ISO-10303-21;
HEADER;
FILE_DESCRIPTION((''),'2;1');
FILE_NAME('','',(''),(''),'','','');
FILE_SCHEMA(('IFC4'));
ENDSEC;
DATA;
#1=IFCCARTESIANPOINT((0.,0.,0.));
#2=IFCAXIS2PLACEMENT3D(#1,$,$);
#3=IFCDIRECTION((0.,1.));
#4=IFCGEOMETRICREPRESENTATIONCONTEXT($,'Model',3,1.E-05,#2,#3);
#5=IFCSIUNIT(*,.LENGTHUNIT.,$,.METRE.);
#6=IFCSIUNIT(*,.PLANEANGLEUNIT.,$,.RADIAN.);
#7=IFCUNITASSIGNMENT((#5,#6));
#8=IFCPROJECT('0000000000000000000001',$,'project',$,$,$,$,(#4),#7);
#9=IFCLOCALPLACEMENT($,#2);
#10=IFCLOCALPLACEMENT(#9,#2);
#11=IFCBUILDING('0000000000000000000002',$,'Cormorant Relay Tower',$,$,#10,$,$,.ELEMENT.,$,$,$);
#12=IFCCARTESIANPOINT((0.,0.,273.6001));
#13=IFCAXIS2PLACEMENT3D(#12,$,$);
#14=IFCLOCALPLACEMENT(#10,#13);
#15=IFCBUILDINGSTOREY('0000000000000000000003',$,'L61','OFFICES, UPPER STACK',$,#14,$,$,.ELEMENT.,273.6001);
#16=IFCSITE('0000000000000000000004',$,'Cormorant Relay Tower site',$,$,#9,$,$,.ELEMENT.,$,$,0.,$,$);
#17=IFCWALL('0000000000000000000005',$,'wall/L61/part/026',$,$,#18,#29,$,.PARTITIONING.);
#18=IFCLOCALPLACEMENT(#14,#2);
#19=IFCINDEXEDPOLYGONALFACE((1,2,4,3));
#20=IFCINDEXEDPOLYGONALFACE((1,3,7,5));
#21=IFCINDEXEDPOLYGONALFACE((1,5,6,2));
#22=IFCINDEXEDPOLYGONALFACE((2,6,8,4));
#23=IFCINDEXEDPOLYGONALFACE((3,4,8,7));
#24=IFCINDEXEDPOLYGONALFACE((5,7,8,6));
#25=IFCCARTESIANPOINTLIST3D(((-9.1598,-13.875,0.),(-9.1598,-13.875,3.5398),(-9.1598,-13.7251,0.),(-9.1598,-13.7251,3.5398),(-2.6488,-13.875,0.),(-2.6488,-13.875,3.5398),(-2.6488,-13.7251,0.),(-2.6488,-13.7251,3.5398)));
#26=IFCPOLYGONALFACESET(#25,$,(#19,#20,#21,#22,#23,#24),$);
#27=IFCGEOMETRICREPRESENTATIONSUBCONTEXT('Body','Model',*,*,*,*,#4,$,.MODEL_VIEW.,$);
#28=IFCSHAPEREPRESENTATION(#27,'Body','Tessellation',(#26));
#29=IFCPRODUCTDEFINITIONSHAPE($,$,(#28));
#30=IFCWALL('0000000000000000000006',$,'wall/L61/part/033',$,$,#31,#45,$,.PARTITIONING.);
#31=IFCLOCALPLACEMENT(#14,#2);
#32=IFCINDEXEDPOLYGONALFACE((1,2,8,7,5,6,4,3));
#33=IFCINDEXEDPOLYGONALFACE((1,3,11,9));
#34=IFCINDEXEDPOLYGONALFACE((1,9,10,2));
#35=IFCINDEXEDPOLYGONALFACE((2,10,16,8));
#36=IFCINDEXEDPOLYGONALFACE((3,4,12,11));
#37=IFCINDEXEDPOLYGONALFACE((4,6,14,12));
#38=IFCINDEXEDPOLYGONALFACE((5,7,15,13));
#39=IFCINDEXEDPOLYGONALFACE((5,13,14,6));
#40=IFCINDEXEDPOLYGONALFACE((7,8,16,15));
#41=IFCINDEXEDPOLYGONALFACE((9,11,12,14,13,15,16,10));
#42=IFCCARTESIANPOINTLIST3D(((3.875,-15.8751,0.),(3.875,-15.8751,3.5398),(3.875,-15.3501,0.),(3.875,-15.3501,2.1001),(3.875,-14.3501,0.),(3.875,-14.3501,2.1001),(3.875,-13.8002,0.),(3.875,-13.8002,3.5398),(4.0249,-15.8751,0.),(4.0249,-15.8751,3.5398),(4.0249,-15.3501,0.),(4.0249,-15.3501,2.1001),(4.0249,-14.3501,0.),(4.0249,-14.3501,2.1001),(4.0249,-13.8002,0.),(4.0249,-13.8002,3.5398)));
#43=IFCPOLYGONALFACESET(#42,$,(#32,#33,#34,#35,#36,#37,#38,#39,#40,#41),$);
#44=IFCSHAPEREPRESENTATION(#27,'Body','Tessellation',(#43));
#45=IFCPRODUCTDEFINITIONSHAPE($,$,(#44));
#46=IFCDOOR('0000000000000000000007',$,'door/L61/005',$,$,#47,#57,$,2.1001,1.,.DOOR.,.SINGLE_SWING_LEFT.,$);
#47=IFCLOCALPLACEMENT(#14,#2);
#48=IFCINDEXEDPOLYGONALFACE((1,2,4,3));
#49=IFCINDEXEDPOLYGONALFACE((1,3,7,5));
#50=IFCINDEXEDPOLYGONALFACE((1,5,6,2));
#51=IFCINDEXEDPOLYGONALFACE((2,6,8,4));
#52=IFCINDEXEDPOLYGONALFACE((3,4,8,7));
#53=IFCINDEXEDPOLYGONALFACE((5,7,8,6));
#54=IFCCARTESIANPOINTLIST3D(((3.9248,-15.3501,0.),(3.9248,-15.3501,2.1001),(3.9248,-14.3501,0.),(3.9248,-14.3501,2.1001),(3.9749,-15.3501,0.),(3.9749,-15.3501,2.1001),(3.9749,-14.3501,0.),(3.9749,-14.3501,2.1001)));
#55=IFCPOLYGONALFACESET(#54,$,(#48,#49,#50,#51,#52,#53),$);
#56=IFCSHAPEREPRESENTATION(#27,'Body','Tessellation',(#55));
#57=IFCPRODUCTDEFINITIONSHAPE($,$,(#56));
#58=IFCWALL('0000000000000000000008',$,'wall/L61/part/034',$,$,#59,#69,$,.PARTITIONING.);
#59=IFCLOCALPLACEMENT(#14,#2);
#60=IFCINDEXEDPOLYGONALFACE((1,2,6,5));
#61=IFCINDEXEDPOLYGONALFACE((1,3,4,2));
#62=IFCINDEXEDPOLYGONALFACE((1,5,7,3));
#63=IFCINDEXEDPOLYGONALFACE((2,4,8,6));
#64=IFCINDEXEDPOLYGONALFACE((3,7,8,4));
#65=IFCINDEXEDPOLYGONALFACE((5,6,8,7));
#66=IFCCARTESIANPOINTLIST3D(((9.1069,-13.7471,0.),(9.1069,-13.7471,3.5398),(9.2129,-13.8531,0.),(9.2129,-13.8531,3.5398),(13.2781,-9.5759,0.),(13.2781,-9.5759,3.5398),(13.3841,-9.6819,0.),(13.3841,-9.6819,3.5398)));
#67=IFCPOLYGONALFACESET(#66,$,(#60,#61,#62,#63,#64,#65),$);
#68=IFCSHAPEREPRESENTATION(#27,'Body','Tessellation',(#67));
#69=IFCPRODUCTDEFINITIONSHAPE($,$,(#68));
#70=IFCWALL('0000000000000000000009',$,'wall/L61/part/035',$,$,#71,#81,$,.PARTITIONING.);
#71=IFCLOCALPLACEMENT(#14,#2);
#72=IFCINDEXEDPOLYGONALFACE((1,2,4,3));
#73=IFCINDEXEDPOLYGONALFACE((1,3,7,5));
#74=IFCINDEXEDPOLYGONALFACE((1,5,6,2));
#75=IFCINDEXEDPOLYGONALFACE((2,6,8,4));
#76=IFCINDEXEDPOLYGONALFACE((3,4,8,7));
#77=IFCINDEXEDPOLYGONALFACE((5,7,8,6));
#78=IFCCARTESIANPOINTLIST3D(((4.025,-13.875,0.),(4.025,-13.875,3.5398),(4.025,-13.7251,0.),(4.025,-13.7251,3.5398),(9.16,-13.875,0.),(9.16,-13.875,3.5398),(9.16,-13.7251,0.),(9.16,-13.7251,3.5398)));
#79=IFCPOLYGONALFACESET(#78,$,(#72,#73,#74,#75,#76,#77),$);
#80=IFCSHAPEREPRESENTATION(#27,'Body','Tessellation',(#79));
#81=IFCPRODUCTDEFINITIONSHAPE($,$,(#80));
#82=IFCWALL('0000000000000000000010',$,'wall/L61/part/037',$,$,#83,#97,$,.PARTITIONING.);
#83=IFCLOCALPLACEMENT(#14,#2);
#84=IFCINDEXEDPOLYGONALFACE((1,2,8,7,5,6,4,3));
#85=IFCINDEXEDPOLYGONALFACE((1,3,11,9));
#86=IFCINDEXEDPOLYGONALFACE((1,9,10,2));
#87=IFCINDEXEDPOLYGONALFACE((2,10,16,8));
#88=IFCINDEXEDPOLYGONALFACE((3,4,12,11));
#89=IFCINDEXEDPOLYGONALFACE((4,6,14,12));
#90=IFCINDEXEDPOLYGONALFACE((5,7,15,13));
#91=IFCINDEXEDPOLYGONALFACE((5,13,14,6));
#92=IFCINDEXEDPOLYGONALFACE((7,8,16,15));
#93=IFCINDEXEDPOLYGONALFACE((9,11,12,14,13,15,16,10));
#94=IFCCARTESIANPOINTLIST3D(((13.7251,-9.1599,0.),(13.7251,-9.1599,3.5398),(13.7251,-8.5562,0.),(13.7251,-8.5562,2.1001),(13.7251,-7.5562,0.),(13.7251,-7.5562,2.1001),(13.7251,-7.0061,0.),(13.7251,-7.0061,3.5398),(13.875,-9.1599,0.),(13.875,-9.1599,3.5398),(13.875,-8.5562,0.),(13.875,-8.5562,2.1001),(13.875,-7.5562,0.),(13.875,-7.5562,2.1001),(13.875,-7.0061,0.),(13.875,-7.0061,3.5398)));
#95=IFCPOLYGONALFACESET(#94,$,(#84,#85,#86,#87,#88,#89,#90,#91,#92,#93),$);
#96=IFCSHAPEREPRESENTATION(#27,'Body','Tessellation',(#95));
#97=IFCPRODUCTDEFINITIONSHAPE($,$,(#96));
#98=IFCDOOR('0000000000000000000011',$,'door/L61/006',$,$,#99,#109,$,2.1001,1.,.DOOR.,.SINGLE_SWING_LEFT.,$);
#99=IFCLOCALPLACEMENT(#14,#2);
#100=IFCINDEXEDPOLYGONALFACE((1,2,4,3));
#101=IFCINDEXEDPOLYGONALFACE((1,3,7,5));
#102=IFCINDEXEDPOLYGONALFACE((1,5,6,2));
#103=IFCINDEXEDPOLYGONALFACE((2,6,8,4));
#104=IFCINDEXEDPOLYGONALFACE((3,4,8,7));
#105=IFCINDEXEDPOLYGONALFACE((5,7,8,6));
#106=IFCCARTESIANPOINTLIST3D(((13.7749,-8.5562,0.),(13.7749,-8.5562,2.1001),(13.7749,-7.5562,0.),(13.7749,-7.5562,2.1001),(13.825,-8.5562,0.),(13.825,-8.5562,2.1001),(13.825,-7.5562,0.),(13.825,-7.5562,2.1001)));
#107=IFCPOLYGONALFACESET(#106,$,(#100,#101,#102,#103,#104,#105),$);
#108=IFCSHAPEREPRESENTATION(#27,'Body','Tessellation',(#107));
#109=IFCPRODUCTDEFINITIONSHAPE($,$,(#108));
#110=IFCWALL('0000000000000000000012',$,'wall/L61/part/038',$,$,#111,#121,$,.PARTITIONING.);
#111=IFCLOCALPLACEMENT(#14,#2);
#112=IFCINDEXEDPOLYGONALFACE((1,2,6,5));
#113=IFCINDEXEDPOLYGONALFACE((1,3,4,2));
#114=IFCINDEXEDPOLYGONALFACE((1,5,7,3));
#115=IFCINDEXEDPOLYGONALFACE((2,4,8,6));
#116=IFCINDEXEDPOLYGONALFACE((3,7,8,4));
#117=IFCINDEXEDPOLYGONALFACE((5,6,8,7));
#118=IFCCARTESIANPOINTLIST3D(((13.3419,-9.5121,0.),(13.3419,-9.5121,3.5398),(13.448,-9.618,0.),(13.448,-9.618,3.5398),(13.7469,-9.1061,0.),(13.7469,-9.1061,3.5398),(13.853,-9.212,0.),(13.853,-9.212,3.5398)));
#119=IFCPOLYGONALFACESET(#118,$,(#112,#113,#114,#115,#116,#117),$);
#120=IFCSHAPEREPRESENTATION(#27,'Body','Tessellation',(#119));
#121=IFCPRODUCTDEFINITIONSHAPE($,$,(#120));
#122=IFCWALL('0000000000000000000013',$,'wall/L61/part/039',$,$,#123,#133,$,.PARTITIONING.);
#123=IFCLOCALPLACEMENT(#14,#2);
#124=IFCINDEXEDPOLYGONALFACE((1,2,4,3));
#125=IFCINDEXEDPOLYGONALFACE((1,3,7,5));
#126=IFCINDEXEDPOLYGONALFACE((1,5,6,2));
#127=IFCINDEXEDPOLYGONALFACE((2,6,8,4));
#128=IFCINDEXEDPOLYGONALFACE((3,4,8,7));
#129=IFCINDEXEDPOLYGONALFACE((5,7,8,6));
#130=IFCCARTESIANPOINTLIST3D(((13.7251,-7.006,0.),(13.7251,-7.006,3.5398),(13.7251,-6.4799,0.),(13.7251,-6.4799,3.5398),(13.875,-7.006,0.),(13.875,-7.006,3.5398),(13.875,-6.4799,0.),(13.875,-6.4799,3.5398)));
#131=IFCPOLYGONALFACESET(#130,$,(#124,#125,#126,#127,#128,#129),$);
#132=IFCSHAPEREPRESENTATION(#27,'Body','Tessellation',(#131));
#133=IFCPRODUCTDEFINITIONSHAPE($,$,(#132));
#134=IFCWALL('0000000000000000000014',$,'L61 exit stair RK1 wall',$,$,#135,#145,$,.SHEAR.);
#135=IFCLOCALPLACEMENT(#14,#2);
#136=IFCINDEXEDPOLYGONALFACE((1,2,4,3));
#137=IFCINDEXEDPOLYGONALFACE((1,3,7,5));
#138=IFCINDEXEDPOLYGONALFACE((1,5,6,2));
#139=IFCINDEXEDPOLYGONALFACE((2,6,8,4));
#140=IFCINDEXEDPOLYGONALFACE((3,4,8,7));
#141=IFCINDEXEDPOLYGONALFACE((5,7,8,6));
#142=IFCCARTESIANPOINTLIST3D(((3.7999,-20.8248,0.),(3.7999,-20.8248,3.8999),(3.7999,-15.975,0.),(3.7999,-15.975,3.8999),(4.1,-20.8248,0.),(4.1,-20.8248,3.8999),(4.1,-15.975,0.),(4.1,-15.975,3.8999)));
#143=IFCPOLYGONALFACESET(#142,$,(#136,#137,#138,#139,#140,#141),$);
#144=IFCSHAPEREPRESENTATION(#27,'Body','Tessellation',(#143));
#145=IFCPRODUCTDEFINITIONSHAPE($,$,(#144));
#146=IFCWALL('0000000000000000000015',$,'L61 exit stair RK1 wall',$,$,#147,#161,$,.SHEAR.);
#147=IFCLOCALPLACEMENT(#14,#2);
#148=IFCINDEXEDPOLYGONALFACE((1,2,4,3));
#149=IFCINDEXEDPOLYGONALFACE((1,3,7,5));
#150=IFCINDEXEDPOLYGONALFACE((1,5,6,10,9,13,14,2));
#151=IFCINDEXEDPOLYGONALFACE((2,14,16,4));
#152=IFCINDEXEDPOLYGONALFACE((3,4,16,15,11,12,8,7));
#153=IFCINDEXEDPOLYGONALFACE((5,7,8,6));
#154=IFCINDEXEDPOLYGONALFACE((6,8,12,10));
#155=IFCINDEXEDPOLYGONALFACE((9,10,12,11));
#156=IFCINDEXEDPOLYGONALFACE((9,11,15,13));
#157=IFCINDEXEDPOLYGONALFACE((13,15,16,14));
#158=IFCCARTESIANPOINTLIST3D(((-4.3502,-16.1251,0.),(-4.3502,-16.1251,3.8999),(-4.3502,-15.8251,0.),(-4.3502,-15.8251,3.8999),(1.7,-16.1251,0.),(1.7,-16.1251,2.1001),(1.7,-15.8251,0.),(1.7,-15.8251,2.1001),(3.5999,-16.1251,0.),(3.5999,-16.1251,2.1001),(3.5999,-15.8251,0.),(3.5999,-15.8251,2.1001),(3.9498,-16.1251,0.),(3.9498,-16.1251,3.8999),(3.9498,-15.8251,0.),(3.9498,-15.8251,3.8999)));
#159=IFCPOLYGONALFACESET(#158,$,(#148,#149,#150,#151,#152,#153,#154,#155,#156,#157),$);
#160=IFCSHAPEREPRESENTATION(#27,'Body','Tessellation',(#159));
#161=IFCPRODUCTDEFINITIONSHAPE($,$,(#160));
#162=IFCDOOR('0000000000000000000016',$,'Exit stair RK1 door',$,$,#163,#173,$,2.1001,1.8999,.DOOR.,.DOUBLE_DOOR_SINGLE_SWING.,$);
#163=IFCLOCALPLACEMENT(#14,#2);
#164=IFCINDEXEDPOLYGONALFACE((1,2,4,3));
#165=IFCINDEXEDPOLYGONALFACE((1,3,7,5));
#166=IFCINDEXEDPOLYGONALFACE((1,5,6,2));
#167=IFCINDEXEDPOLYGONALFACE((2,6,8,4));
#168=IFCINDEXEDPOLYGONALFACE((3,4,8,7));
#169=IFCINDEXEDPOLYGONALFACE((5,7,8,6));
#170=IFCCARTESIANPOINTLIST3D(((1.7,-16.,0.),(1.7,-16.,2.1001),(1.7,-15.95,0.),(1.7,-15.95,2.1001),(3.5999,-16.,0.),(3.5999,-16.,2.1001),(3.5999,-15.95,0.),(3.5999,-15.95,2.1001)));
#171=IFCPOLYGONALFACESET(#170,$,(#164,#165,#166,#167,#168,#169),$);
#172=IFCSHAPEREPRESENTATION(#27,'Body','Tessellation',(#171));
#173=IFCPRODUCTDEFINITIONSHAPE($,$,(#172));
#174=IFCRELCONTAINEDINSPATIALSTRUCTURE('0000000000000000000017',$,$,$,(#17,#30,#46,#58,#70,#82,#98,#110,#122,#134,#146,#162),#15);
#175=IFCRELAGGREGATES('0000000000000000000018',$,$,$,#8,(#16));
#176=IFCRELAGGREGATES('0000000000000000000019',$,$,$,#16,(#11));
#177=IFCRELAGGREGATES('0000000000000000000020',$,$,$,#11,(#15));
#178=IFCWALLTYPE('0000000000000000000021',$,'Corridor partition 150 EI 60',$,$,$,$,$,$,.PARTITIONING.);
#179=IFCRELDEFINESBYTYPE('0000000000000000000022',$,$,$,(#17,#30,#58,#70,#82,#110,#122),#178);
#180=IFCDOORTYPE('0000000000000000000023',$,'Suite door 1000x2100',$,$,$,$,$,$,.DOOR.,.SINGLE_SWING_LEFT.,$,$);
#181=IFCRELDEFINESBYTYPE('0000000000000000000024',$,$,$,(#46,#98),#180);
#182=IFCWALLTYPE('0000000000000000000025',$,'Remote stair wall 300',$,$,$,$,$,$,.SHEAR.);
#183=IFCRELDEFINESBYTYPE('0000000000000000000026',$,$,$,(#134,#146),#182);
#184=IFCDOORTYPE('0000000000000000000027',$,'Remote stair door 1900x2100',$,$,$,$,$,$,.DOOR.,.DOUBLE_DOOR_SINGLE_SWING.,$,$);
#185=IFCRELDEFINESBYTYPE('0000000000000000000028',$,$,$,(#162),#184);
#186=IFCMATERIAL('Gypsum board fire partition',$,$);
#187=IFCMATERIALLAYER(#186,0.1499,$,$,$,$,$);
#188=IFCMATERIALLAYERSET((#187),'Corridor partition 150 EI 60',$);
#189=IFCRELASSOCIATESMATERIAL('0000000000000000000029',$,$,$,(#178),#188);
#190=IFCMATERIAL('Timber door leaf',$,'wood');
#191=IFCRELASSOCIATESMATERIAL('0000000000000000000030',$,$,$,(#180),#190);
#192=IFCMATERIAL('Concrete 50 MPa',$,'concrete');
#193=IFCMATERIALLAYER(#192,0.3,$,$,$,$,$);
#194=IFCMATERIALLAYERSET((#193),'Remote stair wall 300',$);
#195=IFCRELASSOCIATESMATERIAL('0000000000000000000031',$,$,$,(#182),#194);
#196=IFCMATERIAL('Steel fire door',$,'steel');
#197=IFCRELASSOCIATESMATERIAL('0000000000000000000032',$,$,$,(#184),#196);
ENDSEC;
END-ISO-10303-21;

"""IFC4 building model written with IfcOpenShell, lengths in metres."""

from ifc_helpers import new_model, si_unit, direction, frame, frame_2d, origin, place, context, subcontext, project, spatial, rectangle, extrude, material, layer, layer_set, type_object, element, fill, save


model = new_model("IFC4")

# Units and contexts
model_context = context("Model", 3, precision=1e-05, world=origin(), true_north=direction((0.0, 1.0)))
body_context = subcontext(model_context, "Body", "Model", "MODEL_VIEW")
ifc_project = project(units=[si_unit("LENGTHUNIT", "METRE"), si_unit("PLANEANGLEUNIT", "RADIAN")], contexts=[model_context])

# Site, building, storey
site_placement = place(None, origin())
site = spatial("IfcSite", under=ifc_project, at=site_placement, Name="Cormorant Relay Tower site", CompositionType="ELEMENT", RefElevation=0.0)
building_placement = place(site_placement, origin())
building = spatial("IfcBuilding", under=site, at=building_placement, Name="Cormorant Relay Tower", CompositionType="ELEMENT")
storey_placement = place(building_placement, frame((0.0, 0.0, 273.6001)))
storey = spatial("IfcBuildingStorey", under=building, at=storey_placement, Name="L61", Description="OFFICES, UPPER STACK", CompositionType="ELEMENT", Elevation=273.6001)

# Shared definitions
ifc_material_1 = material(Name="Gypsum board fire partition")
ifc_layer_1 = layer(ifc_material_1, 0.1499)
ifc_layer_set_1 = layer_set([ifc_layer_1], Name="Corridor partition 150 EI 60")
wall_type_1 = type_object("IfcWallType", Name="Corridor partition 150 EI 60", PredefinedType="PARTITIONING", material=ifc_layer_set_1)
ifc_material_2 = material(Name="Timber door leaf", Category="wood")
door_type_1 = type_object("IfcDoorType", Name="Suite door 1000x2100", OperationType="SINGLE_SWING_LEFT", PredefinedType="DOOR", material=ifc_material_2)

# Wall
wall_1_placement = place(storey_placement, frame((-2.6489, -13.8, 0.0), z_axis=(0.0, 0.0, 1.0), x_axis=(-1.0, 0.0, 0.0)))
element("IfcWall", 1, at=wall_1_placement, inside=storey, type_object=wall_type_1, Name="wall/L61/part/026", PredefinedType="PARTITIONING", context=body_context, shape_type="SweptSolid", body=[
    extrude(rectangle(XDim=6.511, YDim=0.1499, at=frame_2d((3.2554, 0.0))), origin(), (0.0, 0.0, 1.0), 3.5398),
])

# Wall, opening, door
wall_2_placement = place(storey_placement, frame((3.95, -13.8, 0.0), z_axis=(0.0, 0.0, 1.0), x_axis=(0.0, -1.0, 0.0)))
wall_2 = element("IfcWall", 2, at=wall_2_placement, inside=storey, type_object=wall_type_1, Name="wall/L61/part/033", PredefinedType="PARTITIONING", context=body_context, shape_type="SweptSolid", body=[
    extrude(rectangle(XDim=2.075, YDim=0.1499, at=frame_2d((1.0376, 0.0))), origin(), (0.0, 0.0, 1.0), 3.5398),
])
opening_1_placement = place(wall_2_placement, frame((0.55, 0.0, 0.0)))
opening_1 = element("IfcOpeningElement", 3, at=opening_1_placement, cuts=wall_2, PredefinedType="OPENING", context=body_context, shape_type="SweptSolid", body=[
    extrude(rectangle(XDim=1.0, YDim=2.1001, at=frame_2d((0.5, 1.05))), frame((0.0, 0.085, 0.0), z_axis=(0.0, -1.0, 0.0), x_axis=(1.0, 0.0, 0.0)), (0.0, 0.0, 1.0), 0.1699),
])
door_1_placement = place(opening_1_placement, origin())
door_1 = element("IfcDoor", 4, at=door_1_placement, inside=storey, type_object=door_type_1, Name="door/L61/005", OperationType="SINGLE_SWING_LEFT", OverallHeight=2.1001, OverallWidth=1.0, PredefinedType="DOOR", context=body_context, shape_type="SweptSolid", body=[
    extrude(rectangle(XDim=1.0, YDim=2.1001, at=frame_2d((0.5, 1.05))), frame((0.0, 0.0249, 0.0), z_axis=(0.0, -1.0, 0.0), x_axis=(1.0, 0.0, 0.0)), (0.0, 0.0, 1.0), 0.05),
])
fill(opening_1, door_1)

# Walls
wall_3_placement = place(storey_placement, frame((13.3311, -9.6289, 0.0), z_axis=(0.0, 0.0, 1.0), x_axis=(-0.707107, -0.707107, 0.0)))
element("IfcWall", 5, at=wall_3_placement, inside=storey, type_object=wall_type_1, Name="wall/L61/part/034", PredefinedType="PARTITIONING", context=body_context, shape_type="SweptSolid", body=[
    extrude(rectangle(XDim=5.8989, YDim=0.1499, at=frame_2d((2.9495, 0.0))), origin(), (0.0, 0.0, 1.0), 3.5398),
])
wall_4_placement = place(storey_placement, frame((9.1599, -13.8, 0.0), z_axis=(0.0, 0.0, 1.0), x_axis=(-1.0, 0.0, 0.0)))
element("IfcWall", 6, at=wall_4_placement, inside=storey, type_object=wall_type_1, Name="wall/L61/part/035", PredefinedType="PARTITIONING", context=body_context, shape_type="SweptSolid", body=[
    extrude(rectangle(XDim=5.135, YDim=0.1499, at=frame_2d((2.5674, 0.0))), origin(), (0.0, 0.0, 1.0), 3.5398),
])

# Wall, opening, door
wall_5_placement = place(storey_placement, frame((13.8, -7.0061, 0.0), z_axis=(0.0, 0.0, 1.0), x_axis=(0.0, -1.0, 0.0)))
wall_5 = element("IfcWall", 7, at=wall_5_placement, inside=storey, type_object=wall_type_1, Name="wall/L61/part/037", PredefinedType="PARTITIONING", context=body_context, shape_type="SweptSolid", body=[
    extrude(rectangle(XDim=2.1538, YDim=0.1499, at=frame_2d((1.0769, 0.0))), origin(), (0.0, 0.0, 1.0), 3.5398),
])
opening_2_placement = place(wall_5_placement, frame((0.55, 0.0, 0.0)))
opening_2 = element("IfcOpeningElement", 8, at=opening_2_placement, cuts=wall_5, PredefinedType="OPENING", context=body_context, shape_type="SweptSolid", body=[
    extrude(rectangle(XDim=1.0, YDim=2.1001, at=frame_2d((0.5, 1.05))), frame((0.0, 0.085, 0.0), z_axis=(0.0, -1.0, 0.0), x_axis=(1.0, 0.0, 0.0)), (0.0, 0.0, 1.0), 0.1699),
])
door_2_placement = place(opening_2_placement, origin())
door_2 = element("IfcDoor", 9, at=door_2_placement, inside=storey, type_object=door_type_1, Name="door/L61/006", OperationType="SINGLE_SWING_LEFT", OverallHeight=2.1001, OverallWidth=1.0, PredefinedType="DOOR", context=body_context, shape_type="SweptSolid", body=[
    extrude(rectangle(XDim=1.0, YDim=2.1001, at=frame_2d((0.5, 1.05))), frame((0.0, 0.0249, 0.0), z_axis=(0.0, -1.0, 0.0), x_axis=(1.0, 0.0, 0.0)), (0.0, 0.0, 1.0), 0.05),
])
fill(opening_2, door_2)

# Walls
wall_6_placement = place(storey_placement, frame((13.395, -9.5649, 0.0), z_axis=(0.0, 0.0, 1.0), x_axis=(0.706255, 0.707958, 0.0)))
element("IfcWall", 10, at=wall_6_placement, inside=storey, type_object=wall_type_1, Name="wall/L61/part/038", PredefinedType="PARTITIONING", context=body_context, shape_type="SweptSolid", body=[
    extrude(rectangle(XDim=0.5735, YDim=0.1499, at=frame_2d((0.2866, 0.0))), origin(), (0.0, 0.0, 1.0), 3.5398),
])
wall_7_placement = place(storey_placement, frame((13.8, -7.0061, 0.0), z_axis=(0.0, 0.0, 1.0), x_axis=(0.0, 1.0, 0.0)))
element("IfcWall", 11, at=wall_7_placement, inside=storey, type_object=wall_type_1, Name="wall/L61/part/039", PredefinedType="PARTITIONING", context=body_context, shape_type="SweptSolid", body=[
    extrude(rectangle(XDim=0.5261, YDim=0.1499, at=frame_2d((0.2632, 0.0))), origin(), (0.0, 0.0, 1.0), 3.5398),
])
ifc_material_3 = material(Name="Concrete 50 MPa", Category="concrete")
ifc_layer_2 = layer(ifc_material_3, 0.3)
ifc_layer_set_2 = layer_set([ifc_layer_2], Name="Remote stair wall 300")
wall_type_2 = type_object("IfcWallType", Name="Remote stair wall 300", PredefinedType="SHEAR", material=ifc_layer_set_2)
wall_8_placement = place(storey_placement, frame((3.95, -15.9751, 0.0), z_axis=(0.0, 0.0, 1.0), x_axis=(0.0, -1.0, 0.0)))
element("IfcWall", 12, at=wall_8_placement, inside=storey, type_object=wall_type_2, Name="L61 exit stair RK1 wall", PredefinedType="SHEAR", context=body_context, shape_type="SweptSolid", body=[
    extrude(rectangle(XDim=4.8499, YDim=0.3, at=frame_2d((2.4248, 0.0))), origin(), (0.0, 0.0, 1.0), 3.8999),
])

# Wall, opening, door
wall_9_placement = place(storey_placement, frame((-4.3501, -15.9751, 0.0), z_axis=(0.0, 0.0, 1.0), x_axis=(1.0, 0.0, 0.0)))
wall_9 = element("IfcWall", 13, at=wall_9_placement, inside=storey, type_object=wall_type_2, Name="L61 exit stair RK1 wall", PredefinedType="SHEAR", context=body_context, shape_type="SweptSolid", body=[
    extrude(rectangle(XDim=8.3, YDim=0.3, at=frame_2d((4.1499, 0.0))), origin(), (0.0, 0.0, 1.0), 3.8999),
])
opening_3_placement = place(wall_9_placement, frame((6.05, 0.0, 0.0)))
opening_3 = element("IfcOpeningElement", 14, at=opening_3_placement, cuts=wall_9, PredefinedType="OPENING", context=body_context, shape_type="SweptSolid", body=[
    extrude(rectangle(XDim=1.8999, YDim=2.1001, at=frame_2d((0.95, 1.05))), frame((0.0, 0.1599, 0.0), z_axis=(0.0, -1.0, 0.0), x_axis=(1.0, 0.0, 0.0)), (0.0, 0.0, 1.0), 0.3201),
])
ifc_material_4 = material(Name="Steel fire door", Category="steel")
door_type_2 = type_object("IfcDoorType", Name="Remote stair door 1900x2100", OperationType="DOUBLE_DOOR_SINGLE_SWING", PredefinedType="DOOR", material=ifc_material_4)
door_3_placement = place(opening_3_placement, frame((1.8999, 0.0, 0.0), z_axis=(0.0, 0.0, 1.0), x_axis=(-1.0, 0.0, 0.0)))
door_3 = element("IfcDoor", 15, at=door_3_placement, inside=storey, type_object=door_type_2, Name="Exit stair RK1 door", OperationType="DOUBLE_DOOR_SINGLE_SWING", OverallHeight=2.1001, OverallWidth=1.8999, PredefinedType="DOOR", context=body_context, shape_type="SweptSolid", body=[
    extrude(rectangle(XDim=1.8999, YDim=2.1001, at=frame_2d((0.95, 1.05))), frame((0.0, 0.0249, 0.0), z_axis=(0.0, -1.0, 0.0), x_axis=(1.0, 0.0, 0.0)), (0.0, 0.0, 1.0), 0.05),
])
fill(opening_3, door_3)

save(model, "model.ifc")
